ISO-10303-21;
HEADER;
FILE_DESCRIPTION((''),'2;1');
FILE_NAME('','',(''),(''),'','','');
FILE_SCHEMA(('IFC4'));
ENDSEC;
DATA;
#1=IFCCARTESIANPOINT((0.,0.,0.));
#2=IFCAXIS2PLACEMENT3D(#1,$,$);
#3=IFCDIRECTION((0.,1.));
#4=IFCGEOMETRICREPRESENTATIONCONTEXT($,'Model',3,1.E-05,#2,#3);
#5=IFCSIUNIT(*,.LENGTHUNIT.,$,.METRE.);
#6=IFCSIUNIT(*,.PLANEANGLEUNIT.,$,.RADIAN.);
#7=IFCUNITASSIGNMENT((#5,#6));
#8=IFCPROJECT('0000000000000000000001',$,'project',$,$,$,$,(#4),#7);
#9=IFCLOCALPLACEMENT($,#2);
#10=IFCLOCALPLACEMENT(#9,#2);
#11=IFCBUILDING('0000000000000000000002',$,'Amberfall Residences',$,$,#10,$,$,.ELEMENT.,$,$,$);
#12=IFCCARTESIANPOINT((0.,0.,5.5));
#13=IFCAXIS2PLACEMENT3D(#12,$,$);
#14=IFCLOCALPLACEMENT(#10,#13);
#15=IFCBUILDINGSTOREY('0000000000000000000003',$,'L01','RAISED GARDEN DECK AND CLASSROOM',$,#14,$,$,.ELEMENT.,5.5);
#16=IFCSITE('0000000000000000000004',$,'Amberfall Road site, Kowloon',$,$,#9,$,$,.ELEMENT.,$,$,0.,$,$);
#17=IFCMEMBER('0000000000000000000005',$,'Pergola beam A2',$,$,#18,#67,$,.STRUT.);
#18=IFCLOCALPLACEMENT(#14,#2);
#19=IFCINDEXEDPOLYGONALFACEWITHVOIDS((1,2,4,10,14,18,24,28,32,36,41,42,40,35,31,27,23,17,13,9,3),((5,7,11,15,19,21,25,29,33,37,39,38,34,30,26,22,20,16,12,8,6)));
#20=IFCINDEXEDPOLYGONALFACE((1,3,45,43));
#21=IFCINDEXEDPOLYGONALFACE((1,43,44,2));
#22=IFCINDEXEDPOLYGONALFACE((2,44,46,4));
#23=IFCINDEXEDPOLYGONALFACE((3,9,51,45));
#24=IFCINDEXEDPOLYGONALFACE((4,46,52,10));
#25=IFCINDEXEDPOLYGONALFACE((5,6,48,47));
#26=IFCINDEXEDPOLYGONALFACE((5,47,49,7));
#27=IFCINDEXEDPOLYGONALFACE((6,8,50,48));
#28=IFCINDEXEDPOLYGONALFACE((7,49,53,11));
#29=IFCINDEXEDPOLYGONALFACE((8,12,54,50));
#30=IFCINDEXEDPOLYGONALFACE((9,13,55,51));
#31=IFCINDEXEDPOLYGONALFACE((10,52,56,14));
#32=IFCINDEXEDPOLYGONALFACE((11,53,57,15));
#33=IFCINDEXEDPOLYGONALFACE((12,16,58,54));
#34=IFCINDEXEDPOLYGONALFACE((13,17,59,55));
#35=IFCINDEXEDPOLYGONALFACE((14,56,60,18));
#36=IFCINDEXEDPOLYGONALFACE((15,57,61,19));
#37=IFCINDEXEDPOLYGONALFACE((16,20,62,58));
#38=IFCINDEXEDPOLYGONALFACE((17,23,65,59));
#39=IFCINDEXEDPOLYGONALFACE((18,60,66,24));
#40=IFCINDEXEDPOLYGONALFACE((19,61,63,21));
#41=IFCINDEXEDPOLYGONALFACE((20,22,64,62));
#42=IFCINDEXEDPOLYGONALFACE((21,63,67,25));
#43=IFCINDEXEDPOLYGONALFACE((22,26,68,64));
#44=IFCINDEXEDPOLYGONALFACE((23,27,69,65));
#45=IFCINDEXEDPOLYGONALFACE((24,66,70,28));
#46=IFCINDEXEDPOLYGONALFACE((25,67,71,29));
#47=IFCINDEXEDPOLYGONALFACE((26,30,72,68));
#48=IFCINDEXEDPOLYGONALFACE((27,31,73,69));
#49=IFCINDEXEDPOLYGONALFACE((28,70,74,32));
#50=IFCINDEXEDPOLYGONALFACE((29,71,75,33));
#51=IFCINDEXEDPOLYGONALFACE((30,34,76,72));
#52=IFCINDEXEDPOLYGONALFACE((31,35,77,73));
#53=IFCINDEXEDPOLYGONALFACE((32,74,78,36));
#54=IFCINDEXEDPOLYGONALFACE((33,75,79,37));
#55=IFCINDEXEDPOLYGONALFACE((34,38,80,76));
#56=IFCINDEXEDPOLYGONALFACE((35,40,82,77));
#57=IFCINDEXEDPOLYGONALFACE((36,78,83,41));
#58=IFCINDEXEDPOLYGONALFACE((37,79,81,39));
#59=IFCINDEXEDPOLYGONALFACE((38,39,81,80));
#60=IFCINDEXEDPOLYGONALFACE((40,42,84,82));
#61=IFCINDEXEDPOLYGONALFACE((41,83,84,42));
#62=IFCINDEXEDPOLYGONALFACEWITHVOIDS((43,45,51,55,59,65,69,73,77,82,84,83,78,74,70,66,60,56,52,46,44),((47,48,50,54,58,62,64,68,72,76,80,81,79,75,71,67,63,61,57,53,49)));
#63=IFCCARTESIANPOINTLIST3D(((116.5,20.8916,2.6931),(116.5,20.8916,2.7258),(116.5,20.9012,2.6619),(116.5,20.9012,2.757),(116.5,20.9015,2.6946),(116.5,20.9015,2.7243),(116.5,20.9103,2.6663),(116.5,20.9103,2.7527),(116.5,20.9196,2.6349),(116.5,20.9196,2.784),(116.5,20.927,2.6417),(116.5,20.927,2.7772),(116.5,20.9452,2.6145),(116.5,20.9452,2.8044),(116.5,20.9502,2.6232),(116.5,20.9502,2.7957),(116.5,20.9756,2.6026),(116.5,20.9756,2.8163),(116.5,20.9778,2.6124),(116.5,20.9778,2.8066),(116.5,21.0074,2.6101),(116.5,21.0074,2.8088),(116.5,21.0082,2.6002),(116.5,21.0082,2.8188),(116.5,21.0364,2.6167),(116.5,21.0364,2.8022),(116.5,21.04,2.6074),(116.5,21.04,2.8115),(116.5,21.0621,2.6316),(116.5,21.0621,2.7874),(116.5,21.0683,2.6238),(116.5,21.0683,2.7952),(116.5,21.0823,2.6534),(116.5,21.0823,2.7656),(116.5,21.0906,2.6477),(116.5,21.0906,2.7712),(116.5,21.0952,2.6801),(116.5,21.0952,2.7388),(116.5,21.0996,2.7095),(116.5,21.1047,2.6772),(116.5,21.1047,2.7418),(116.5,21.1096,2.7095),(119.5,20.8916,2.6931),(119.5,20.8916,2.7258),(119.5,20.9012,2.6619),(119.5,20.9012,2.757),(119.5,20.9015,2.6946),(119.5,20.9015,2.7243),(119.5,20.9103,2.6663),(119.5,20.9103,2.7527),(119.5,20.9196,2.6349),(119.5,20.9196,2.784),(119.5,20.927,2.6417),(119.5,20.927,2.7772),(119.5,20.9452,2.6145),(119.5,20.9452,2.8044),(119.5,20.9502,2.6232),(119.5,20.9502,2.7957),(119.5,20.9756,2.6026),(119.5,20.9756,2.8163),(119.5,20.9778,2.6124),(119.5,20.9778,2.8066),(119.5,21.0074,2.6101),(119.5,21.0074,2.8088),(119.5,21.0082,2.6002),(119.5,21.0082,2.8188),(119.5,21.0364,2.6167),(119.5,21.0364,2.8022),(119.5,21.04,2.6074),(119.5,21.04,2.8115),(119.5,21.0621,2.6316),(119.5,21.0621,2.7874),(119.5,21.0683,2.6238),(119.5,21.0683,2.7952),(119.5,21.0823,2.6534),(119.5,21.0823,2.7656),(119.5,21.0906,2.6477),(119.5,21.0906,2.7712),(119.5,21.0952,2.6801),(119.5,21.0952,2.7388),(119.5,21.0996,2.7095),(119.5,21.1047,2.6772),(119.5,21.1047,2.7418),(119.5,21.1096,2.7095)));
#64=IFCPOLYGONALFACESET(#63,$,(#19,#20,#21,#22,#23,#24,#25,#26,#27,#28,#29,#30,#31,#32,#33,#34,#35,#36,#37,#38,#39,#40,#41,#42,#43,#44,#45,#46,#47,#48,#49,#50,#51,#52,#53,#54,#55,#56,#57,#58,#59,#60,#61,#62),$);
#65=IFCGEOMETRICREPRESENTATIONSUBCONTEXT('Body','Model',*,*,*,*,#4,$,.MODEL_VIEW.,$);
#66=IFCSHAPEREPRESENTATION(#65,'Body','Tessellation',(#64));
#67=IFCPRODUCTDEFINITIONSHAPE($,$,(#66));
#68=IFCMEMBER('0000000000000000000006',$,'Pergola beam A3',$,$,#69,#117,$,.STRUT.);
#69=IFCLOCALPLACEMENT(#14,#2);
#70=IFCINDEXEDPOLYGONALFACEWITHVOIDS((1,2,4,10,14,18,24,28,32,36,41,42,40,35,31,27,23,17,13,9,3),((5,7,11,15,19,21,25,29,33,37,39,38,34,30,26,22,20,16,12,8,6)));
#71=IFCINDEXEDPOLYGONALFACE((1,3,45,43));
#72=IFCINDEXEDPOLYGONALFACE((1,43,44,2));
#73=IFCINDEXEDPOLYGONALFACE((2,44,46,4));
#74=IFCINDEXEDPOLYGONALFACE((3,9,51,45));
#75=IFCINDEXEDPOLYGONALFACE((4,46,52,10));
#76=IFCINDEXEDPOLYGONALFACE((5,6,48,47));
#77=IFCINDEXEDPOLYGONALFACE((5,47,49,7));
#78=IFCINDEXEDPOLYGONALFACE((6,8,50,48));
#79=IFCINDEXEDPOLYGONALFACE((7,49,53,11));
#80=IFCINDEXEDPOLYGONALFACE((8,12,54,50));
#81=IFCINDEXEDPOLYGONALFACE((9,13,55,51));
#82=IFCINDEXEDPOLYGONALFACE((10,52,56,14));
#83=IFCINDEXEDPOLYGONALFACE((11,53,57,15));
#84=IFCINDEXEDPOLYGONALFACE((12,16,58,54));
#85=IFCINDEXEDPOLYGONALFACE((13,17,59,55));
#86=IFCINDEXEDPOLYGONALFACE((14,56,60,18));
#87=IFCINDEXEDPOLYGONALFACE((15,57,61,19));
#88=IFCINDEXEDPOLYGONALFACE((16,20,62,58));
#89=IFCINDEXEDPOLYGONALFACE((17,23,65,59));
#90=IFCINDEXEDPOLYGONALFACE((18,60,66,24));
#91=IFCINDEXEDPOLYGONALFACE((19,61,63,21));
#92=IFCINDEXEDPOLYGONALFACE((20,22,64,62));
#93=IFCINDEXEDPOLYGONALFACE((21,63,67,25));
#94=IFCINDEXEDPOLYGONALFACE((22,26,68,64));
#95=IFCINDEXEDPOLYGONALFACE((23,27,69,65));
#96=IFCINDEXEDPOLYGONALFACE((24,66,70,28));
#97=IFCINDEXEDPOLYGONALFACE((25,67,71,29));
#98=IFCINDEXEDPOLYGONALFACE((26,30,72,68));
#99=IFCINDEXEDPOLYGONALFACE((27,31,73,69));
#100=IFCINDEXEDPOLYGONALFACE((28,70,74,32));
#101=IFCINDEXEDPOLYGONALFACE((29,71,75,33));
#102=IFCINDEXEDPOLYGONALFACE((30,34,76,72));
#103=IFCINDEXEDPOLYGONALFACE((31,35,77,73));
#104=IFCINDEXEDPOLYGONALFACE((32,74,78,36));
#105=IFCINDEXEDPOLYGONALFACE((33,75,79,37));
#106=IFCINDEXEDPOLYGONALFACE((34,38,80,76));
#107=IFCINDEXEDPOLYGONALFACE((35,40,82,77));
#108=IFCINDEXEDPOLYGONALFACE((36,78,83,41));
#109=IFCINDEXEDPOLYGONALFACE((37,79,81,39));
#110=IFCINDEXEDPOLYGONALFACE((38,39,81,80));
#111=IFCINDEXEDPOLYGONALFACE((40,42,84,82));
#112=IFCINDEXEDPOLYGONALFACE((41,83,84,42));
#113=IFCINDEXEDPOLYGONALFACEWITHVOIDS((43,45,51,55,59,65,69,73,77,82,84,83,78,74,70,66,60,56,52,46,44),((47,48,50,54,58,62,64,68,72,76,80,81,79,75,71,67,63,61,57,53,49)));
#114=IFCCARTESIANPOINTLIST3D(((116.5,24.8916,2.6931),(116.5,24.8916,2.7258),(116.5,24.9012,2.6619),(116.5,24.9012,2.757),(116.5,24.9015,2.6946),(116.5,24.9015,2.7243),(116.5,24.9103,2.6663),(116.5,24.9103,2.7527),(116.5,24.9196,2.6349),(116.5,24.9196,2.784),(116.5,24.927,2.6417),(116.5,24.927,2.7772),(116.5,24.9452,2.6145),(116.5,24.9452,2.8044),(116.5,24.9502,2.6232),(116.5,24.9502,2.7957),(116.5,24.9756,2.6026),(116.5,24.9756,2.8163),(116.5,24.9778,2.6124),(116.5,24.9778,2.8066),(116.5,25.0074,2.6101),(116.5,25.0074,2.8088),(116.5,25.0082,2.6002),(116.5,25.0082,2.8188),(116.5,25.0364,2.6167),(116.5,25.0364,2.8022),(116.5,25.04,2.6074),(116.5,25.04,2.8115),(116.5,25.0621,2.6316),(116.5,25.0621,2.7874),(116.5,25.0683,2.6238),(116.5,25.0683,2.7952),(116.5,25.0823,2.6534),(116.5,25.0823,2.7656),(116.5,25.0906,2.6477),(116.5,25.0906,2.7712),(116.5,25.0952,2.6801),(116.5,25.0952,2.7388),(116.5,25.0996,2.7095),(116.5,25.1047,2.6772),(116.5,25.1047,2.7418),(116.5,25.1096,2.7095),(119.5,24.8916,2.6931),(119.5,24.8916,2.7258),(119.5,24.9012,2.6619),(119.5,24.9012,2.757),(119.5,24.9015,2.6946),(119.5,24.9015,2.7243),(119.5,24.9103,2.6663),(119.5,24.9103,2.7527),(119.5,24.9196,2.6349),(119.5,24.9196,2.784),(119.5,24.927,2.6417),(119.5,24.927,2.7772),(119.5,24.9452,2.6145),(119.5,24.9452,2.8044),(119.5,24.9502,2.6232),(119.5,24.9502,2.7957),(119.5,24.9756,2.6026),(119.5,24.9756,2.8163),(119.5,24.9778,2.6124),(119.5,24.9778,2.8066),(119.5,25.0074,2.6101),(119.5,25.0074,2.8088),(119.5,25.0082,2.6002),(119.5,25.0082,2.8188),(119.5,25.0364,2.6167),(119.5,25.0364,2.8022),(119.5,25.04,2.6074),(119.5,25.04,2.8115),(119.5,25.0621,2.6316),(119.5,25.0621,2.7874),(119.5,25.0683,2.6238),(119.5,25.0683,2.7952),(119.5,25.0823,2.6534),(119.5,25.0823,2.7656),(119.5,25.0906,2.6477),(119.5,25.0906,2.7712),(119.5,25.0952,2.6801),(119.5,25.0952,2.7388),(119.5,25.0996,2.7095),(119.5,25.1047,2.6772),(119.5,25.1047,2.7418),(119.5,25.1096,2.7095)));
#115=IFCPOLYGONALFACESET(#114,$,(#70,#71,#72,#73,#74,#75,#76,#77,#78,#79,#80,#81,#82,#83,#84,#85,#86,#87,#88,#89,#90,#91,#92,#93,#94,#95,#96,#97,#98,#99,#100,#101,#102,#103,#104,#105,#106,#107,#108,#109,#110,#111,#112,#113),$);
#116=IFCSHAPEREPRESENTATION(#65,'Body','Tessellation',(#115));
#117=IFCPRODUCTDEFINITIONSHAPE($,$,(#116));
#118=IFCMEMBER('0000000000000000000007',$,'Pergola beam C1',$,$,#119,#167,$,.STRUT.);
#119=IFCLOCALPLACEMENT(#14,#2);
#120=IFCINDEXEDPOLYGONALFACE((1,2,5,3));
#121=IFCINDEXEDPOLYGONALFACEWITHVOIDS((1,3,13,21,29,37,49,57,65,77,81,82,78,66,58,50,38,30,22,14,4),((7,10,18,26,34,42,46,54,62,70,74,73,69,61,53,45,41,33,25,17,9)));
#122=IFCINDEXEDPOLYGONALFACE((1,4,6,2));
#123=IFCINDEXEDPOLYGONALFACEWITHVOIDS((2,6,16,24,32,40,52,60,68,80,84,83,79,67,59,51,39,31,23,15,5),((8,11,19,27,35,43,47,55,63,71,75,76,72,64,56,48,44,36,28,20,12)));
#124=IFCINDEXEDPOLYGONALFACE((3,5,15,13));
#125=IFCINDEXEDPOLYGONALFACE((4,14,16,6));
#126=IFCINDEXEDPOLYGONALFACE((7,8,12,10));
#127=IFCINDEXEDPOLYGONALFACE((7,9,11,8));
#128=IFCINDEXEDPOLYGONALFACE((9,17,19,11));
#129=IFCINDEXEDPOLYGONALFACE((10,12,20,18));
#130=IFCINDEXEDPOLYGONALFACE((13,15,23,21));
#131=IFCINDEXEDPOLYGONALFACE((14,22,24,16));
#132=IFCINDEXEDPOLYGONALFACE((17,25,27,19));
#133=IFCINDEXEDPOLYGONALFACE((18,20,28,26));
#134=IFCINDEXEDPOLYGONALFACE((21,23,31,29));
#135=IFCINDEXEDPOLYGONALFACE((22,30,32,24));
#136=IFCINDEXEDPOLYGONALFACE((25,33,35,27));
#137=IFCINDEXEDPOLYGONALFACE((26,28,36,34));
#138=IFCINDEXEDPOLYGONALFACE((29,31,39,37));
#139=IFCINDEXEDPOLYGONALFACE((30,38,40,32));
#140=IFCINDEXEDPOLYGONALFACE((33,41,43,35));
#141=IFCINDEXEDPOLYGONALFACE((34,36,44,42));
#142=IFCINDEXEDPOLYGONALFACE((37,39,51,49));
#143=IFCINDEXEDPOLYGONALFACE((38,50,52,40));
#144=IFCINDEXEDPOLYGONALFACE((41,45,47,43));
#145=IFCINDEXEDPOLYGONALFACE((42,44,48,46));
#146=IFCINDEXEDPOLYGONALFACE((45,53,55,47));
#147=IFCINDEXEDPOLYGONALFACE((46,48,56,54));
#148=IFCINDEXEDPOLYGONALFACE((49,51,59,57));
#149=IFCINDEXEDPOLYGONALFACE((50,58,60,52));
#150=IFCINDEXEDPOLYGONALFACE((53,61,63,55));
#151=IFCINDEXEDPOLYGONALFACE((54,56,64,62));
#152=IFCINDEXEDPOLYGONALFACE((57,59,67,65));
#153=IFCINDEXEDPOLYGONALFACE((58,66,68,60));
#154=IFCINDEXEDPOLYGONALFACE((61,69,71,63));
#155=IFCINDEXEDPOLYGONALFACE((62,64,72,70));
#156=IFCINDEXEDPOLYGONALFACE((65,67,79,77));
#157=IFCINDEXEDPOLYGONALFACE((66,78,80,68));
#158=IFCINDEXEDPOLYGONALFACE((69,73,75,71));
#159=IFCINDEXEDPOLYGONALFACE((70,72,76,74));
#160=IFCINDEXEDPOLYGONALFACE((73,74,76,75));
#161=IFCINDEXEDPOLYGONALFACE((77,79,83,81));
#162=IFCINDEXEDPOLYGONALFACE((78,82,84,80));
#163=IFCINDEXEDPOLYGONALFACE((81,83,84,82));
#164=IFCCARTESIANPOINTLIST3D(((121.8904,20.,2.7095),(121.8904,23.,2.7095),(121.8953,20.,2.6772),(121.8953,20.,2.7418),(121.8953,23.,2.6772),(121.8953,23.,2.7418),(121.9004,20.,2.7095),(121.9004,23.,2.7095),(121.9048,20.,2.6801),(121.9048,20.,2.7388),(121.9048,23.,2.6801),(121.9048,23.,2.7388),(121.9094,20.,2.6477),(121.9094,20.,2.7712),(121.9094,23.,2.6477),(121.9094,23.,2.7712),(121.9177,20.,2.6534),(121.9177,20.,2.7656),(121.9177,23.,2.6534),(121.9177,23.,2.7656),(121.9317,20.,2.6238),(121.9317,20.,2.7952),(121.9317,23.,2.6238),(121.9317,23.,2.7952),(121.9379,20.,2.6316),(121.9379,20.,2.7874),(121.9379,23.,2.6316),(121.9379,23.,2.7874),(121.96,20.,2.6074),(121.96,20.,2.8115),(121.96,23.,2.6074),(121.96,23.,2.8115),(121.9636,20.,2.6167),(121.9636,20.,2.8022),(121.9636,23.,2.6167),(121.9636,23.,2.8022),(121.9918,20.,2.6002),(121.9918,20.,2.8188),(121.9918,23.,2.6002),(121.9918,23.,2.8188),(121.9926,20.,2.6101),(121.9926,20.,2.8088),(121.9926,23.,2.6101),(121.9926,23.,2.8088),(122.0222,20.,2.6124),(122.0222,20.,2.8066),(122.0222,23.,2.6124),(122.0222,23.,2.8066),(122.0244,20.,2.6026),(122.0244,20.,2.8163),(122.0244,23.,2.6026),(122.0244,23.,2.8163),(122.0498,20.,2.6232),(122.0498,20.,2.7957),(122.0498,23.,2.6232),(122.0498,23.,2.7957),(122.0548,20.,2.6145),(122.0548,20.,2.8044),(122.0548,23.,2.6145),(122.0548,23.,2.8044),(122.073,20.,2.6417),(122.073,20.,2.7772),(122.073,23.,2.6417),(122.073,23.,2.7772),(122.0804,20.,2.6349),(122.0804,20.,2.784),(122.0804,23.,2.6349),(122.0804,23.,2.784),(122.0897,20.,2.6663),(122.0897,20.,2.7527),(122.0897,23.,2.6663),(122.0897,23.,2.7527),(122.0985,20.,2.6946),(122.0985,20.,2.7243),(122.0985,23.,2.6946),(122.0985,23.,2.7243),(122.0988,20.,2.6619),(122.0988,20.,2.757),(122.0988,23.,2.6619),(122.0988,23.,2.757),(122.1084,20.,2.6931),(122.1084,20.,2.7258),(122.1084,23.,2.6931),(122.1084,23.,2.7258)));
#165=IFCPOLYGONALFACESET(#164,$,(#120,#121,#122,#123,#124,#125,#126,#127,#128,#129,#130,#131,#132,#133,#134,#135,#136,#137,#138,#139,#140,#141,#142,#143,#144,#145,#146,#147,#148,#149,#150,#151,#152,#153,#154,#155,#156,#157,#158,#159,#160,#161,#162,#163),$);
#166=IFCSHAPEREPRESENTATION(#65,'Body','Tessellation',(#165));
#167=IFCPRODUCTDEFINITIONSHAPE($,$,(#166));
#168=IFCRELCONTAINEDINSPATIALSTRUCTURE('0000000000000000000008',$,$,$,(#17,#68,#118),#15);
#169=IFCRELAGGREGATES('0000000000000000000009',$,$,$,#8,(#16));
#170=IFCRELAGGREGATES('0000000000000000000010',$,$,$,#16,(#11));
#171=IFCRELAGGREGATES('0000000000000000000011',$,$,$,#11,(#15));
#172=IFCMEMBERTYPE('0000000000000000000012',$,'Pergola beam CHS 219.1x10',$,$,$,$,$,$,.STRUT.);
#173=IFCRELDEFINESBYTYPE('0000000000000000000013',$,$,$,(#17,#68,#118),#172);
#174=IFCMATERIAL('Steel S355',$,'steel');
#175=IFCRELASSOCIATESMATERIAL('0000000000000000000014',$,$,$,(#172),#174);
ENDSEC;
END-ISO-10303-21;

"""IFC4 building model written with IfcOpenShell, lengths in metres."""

from ifc_helpers import new_model, si_unit, direction, frame, origin, origin_2d, place, context, subcontext, project, spatial, hollow_circle, extrude, material, material_profile, profile_set, type_object, element, save


model = new_model("IFC4")

# Units and contexts
model_context = context("Model", 3, precision=1e-05, world=origin(), true_north=direction((0.0, 1.0)))
body_context = subcontext(model_context, "Body", "Model", "MODEL_VIEW")
ifc_project = project(units=[si_unit("LENGTHUNIT", "METRE"), si_unit("PLANEANGLEUNIT", "RADIAN")], contexts=[model_context])

# Site, building, storey
site_placement = place(None, origin())
site = spatial("IfcSite", under=ifc_project, at=site_placement, Name="Amberfall Road site, Kowloon", CompositionType="ELEMENT", RefElevation=0.0)
building_placement = place(site_placement, origin())
building = spatial("IfcBuilding", under=site, at=building_placement, Name="Amberfall Residences", CompositionType="ELEMENT")
storey_placement = place(building_placement, frame((0.0, 0.0, 5.5)))
storey = spatial("IfcBuildingStorey", under=building, at=storey_placement, Name="L01", Description="RAISED GARDEN DECK AND CLASSROOM", CompositionType="ELEMENT", Elevation=5.5)

# Members
ifc_material_1 = material(Name="Steel S355", Category="steel")
ifc_material_profile_1 = material_profile(ifc_material_1, hollow_circle(Radius=0.1096, WallThickness=0.01, at=origin_2d()), Name="CHS 219.1x10")
ifc_profile_set_1 = profile_set([ifc_material_profile_1], Name="Steel S355")
member_type_1 = type_object("IfcMemberType", Name="Pergola beam CHS 219.1x10", PredefinedType="STRUT", material=ifc_profile_set_1)
for number, where, z_axis, x_axis, name in (
    (1, (116.5, 21.0, 2.7095), (1.0, 0.0, 0.0), (0.0, 1.0, 0.0), "Pergola beam A2"),
    (2, (116.5, 25.0, 2.7095), (1.0, 0.0, 0.0), (0.0, 1.0, 0.0), "Pergola beam A3"),
    (3, (122.0, 20.0, 2.7095), (0.0, 1.0, 0.0), (-1.0, 0.0, 0.0), "Pergola beam C1"),
):
    element("IfcMember", number, at=place(storey_placement, frame(where, z_axis=z_axis, x_axis=x_axis)), inside=storey, type_object=member_type_1, Name=name, PredefinedType="STRUT", context=body_context, shape_type="SweptSolid", body=[
        extrude(hollow_circle(Radius=0.1096, WallThickness=0.01, at=origin_2d()), origin(), (0.0, 0.0, 1.0), 3.0),
    ])

save(model, "model.ifc")
